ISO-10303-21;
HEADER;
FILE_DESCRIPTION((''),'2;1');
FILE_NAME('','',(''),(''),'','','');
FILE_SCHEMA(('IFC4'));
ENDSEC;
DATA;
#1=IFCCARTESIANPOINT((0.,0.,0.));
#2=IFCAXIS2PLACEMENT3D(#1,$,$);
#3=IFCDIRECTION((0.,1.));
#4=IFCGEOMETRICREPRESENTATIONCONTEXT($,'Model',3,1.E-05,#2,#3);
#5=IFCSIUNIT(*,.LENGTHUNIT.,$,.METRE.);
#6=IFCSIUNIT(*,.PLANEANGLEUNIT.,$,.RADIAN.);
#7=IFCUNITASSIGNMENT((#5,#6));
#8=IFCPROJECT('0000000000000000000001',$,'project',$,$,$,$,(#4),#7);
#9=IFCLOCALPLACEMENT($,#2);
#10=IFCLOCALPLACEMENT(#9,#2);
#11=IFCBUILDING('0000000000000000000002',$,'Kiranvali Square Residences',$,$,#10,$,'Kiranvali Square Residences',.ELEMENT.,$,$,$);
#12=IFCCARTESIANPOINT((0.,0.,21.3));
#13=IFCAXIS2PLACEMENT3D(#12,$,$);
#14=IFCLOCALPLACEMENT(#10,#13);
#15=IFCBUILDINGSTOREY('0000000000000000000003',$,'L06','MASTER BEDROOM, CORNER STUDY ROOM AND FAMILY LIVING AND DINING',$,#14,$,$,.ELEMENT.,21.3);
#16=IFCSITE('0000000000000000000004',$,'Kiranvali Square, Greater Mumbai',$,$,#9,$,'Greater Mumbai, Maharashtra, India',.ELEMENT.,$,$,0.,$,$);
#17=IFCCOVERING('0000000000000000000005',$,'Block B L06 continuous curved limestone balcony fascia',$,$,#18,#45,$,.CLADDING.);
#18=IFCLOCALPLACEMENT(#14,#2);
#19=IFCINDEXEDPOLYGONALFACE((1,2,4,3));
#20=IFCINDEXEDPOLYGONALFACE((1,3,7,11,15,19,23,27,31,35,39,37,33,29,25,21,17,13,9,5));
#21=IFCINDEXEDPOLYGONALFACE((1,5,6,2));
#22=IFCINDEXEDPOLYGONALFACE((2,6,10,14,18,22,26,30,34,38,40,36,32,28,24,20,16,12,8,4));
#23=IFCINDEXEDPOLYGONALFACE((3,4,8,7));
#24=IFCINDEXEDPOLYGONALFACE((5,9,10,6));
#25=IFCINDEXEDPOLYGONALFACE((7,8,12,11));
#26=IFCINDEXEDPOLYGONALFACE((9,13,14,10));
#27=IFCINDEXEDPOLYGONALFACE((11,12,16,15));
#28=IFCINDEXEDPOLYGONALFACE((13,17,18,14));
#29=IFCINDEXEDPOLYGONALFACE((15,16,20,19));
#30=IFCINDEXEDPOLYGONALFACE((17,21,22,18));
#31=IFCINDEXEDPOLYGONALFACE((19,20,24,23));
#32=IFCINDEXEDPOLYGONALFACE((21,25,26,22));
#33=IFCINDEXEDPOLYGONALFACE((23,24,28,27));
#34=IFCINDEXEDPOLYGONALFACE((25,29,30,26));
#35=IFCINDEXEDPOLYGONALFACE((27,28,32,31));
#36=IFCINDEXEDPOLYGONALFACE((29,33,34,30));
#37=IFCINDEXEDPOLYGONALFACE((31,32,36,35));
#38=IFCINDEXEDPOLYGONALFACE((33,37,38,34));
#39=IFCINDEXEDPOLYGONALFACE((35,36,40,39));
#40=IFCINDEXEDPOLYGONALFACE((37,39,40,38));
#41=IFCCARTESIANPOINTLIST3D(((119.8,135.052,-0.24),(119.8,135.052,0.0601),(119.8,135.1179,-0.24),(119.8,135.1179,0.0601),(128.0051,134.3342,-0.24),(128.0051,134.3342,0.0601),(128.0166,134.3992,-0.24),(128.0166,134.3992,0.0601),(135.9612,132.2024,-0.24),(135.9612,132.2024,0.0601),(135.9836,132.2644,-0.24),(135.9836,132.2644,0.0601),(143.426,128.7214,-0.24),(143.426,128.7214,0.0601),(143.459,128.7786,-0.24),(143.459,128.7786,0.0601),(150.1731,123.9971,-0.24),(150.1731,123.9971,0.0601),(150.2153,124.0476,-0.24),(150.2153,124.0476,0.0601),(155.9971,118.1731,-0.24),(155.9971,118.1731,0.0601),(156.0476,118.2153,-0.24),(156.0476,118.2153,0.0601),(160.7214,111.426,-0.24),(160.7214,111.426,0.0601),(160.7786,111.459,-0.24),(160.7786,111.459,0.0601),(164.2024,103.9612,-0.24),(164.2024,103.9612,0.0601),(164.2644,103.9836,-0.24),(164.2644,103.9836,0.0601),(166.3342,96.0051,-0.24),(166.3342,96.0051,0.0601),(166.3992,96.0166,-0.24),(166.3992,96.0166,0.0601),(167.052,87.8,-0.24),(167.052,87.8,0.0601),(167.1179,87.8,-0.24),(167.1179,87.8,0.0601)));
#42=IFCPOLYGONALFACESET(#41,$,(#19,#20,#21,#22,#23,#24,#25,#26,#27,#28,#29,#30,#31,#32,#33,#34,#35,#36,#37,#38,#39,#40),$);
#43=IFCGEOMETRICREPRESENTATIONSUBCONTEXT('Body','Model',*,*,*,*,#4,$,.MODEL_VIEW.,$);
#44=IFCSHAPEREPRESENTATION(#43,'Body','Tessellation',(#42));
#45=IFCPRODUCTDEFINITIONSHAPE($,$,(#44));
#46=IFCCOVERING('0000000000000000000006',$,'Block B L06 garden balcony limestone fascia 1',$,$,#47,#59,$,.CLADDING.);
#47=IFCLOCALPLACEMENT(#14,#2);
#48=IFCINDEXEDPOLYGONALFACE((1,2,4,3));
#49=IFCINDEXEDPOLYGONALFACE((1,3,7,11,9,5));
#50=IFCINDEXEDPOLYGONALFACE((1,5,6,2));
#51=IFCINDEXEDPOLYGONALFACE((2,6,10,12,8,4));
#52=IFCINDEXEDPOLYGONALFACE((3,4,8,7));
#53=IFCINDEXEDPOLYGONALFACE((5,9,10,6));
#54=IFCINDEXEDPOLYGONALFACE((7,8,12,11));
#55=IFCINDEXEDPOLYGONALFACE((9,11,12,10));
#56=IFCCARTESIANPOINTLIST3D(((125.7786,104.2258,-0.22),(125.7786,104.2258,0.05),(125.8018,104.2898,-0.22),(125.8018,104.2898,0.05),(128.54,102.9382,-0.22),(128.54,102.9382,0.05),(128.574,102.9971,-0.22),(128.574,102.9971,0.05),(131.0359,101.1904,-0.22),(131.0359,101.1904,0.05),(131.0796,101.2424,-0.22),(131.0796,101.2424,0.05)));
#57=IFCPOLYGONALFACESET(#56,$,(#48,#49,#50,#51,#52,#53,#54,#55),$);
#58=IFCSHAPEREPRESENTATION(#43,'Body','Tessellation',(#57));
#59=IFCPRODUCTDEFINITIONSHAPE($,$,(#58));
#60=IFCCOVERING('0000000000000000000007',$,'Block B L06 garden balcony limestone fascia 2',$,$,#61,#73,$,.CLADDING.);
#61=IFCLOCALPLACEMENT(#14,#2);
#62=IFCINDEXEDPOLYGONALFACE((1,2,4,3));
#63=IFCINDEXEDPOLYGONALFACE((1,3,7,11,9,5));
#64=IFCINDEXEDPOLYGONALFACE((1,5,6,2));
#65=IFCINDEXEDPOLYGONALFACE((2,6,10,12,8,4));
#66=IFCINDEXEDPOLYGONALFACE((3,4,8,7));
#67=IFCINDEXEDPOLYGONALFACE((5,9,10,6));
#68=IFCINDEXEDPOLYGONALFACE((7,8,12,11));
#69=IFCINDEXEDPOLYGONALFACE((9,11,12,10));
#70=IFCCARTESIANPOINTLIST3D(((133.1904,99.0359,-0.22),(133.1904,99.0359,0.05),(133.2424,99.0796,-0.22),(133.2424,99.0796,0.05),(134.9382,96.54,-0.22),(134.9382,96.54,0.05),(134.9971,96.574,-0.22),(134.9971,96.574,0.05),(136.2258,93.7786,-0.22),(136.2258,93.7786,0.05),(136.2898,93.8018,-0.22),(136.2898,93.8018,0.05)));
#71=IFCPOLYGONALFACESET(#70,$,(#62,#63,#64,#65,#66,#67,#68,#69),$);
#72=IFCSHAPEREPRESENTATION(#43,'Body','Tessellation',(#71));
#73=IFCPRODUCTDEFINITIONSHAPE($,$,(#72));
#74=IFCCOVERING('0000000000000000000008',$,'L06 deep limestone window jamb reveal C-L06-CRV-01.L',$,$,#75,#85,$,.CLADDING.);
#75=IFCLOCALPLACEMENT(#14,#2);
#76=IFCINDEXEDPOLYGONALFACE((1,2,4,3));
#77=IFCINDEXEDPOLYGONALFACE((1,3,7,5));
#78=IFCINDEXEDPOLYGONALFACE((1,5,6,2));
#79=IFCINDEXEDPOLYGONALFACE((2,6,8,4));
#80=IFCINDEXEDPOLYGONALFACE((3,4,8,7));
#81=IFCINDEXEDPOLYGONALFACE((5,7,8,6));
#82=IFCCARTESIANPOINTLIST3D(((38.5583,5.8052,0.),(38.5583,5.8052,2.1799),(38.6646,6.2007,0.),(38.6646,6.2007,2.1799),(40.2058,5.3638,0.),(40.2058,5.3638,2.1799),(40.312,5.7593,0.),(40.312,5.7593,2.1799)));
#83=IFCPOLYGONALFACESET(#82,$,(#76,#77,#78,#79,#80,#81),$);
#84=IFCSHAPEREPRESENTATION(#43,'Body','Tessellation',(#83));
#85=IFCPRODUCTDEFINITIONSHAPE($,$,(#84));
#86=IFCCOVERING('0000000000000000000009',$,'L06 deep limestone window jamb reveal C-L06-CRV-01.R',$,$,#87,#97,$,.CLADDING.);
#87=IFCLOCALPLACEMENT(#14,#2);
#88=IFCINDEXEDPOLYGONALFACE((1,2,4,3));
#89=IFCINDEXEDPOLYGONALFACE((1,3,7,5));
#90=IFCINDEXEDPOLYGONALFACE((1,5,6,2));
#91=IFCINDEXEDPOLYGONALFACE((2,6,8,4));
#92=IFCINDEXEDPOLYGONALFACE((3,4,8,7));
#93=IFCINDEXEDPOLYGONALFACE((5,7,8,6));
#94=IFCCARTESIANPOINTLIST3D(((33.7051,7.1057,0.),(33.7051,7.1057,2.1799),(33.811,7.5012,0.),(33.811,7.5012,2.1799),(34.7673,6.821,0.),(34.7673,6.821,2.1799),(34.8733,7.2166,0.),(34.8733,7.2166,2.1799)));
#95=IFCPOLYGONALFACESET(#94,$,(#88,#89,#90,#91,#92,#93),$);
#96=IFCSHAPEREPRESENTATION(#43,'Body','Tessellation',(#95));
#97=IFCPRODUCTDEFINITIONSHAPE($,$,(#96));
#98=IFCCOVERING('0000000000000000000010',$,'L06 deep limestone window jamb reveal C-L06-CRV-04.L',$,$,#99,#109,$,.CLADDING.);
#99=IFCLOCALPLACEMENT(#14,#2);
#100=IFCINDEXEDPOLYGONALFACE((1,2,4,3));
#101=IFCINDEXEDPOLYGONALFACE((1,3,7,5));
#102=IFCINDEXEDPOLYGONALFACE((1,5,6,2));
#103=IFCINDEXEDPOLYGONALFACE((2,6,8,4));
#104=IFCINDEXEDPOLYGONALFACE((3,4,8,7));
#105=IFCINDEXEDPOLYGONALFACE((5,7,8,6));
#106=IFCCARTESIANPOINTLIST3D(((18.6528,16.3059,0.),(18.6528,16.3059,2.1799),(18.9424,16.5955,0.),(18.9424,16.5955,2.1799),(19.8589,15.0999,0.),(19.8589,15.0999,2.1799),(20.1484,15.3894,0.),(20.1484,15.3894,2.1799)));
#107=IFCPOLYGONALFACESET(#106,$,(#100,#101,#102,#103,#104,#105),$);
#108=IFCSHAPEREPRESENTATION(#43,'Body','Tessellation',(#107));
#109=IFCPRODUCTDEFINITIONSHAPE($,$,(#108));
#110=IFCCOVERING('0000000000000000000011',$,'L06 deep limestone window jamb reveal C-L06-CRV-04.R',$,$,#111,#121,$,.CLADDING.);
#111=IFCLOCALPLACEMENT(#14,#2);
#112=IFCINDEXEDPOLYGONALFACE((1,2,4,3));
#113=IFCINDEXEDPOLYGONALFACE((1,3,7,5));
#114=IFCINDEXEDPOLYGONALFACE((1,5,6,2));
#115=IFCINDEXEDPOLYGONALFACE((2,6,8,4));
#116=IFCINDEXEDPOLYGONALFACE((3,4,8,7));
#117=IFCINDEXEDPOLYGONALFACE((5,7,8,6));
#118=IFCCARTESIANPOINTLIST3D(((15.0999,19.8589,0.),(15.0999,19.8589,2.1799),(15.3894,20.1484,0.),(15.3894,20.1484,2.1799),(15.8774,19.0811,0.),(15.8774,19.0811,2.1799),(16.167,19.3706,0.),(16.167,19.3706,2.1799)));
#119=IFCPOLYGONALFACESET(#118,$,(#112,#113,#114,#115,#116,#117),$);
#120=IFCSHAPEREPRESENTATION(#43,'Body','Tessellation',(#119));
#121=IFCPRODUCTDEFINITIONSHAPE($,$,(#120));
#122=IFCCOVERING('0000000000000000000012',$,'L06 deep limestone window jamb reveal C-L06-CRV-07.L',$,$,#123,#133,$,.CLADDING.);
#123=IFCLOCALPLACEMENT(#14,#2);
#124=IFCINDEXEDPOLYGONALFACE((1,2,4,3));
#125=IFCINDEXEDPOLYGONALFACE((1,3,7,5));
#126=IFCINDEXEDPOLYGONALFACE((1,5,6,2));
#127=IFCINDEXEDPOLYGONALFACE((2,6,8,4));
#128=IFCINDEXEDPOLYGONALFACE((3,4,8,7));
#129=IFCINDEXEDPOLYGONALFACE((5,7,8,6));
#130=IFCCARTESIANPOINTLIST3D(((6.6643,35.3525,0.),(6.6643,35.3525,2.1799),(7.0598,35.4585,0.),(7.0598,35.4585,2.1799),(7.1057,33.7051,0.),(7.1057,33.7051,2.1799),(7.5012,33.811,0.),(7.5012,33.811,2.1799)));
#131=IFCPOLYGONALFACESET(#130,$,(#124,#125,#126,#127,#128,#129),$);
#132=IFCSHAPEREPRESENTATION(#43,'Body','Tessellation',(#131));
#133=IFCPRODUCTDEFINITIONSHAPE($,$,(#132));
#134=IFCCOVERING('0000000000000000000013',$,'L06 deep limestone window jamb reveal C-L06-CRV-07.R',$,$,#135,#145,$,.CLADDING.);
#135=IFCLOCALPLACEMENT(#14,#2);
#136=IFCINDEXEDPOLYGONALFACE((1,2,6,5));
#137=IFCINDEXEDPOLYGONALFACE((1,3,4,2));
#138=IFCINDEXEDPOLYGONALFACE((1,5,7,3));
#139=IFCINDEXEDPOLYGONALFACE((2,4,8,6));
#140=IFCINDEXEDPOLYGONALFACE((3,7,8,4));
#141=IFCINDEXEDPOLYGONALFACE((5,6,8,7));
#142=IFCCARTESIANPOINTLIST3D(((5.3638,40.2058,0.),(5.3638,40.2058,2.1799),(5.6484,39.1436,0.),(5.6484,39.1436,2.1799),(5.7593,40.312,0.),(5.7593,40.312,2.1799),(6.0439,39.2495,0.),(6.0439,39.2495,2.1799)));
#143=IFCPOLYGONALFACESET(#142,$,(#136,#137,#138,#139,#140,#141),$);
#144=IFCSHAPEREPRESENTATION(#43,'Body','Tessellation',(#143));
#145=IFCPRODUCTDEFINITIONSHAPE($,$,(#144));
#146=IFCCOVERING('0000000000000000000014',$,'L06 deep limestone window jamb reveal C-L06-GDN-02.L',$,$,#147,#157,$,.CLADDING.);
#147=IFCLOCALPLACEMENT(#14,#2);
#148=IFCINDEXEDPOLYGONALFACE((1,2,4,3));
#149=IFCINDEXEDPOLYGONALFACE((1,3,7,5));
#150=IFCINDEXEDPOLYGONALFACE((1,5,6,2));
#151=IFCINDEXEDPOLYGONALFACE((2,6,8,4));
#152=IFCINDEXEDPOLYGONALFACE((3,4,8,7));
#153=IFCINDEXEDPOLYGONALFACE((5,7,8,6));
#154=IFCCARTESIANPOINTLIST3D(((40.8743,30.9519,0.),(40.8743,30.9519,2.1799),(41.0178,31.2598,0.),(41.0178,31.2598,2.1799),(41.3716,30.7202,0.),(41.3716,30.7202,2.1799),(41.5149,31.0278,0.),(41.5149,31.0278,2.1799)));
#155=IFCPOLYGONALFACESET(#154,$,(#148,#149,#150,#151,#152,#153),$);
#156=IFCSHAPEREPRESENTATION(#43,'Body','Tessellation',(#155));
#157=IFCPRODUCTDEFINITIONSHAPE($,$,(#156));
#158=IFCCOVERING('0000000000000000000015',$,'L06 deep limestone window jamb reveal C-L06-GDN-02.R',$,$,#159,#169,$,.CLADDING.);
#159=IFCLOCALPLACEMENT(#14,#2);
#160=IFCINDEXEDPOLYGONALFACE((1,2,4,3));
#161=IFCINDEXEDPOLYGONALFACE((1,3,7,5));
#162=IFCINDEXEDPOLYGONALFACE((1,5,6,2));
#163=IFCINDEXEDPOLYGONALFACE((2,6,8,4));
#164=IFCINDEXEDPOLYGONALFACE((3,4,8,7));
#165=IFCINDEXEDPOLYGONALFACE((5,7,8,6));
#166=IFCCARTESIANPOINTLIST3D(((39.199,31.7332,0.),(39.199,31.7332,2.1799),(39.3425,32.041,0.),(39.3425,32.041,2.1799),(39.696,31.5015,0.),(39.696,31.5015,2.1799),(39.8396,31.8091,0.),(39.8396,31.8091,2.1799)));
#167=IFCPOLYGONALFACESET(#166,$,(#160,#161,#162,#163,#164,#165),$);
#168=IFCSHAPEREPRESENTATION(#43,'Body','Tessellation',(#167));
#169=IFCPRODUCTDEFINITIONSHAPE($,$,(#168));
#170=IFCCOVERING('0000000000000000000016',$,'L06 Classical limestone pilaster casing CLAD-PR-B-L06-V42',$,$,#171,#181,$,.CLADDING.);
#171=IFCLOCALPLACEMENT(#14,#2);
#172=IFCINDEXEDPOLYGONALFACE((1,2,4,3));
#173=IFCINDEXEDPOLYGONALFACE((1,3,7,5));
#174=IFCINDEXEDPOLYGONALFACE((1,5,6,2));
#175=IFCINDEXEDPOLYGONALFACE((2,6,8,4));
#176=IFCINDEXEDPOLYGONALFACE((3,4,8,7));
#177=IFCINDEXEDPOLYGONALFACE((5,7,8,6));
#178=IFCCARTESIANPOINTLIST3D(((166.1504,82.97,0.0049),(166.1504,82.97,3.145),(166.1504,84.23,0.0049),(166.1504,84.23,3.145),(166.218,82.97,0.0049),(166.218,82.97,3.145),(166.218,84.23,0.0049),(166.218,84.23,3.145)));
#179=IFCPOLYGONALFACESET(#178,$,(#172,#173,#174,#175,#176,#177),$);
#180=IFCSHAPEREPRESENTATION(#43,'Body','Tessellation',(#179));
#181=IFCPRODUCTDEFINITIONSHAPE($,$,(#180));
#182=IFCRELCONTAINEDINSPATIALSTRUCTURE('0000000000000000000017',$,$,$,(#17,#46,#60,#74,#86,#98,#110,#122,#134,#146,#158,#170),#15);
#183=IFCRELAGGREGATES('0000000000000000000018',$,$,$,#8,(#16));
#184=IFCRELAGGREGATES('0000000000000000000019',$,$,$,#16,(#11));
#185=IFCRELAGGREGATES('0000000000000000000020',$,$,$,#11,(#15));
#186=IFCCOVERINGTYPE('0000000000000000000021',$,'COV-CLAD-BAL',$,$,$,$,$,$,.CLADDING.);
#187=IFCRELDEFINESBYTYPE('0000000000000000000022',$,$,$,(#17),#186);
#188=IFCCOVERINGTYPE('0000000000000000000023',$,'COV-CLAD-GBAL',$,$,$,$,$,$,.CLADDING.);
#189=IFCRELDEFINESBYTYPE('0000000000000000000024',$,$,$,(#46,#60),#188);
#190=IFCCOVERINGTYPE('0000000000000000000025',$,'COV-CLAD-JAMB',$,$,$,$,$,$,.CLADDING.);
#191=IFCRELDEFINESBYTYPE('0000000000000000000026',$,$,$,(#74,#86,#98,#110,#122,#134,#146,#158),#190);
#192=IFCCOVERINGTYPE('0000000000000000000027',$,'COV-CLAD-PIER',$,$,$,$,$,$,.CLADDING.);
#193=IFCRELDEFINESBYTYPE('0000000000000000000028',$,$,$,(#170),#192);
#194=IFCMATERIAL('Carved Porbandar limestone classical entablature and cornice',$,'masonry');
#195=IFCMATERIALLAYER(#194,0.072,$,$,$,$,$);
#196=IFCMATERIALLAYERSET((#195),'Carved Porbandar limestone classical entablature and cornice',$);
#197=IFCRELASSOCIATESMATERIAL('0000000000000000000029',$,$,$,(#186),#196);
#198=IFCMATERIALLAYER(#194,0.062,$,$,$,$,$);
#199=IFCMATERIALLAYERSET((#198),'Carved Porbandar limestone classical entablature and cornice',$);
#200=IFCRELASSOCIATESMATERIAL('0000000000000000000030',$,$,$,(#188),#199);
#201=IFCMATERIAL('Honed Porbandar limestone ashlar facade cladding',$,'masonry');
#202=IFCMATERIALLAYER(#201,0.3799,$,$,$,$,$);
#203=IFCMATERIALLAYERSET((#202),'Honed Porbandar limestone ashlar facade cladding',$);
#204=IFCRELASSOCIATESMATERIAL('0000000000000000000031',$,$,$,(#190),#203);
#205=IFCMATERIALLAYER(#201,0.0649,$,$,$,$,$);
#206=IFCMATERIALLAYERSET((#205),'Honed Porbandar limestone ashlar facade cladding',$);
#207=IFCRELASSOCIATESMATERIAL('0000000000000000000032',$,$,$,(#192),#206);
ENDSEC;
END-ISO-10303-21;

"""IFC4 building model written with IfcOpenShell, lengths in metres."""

from ifc_helpers import new_model, si_unit, direction, frame, origin, place, context, subcontext, project, spatial, polyline, outline, extrude, material, layer, layer_set, type_object, element, save


model = new_model("IFC4")

# Units and contexts
model_context = context("Model", 3, precision=1e-05, world=origin(), true_north=direction((0.0, 1.0)))
body_context = subcontext(model_context, "Body", "Model", "MODEL_VIEW")
ifc_project = project(units=[si_unit("LENGTHUNIT", "METRE"), si_unit("PLANEANGLEUNIT", "RADIAN")], contexts=[model_context])

# Site, building, storey
site_placement = place(None, origin())
site = spatial("IfcSite", under=ifc_project, at=site_placement, Name="Kiranvali Square, Greater Mumbai", LongName="Greater Mumbai, Maharashtra, India", CompositionType="ELEMENT", RefElevation=0.0)
building_placement = place(site_placement, origin())
building = spatial("IfcBuilding", under=site, at=building_placement, Name="Kiranvali Square Residences", LongName="Kiranvali Square Residences", CompositionType="ELEMENT")
storey_placement = place(building_placement, frame((0.0, 0.0, 21.3)))
storey = spatial("IfcBuildingStorey", under=building, at=storey_placement, Name="L06", Description="MASTER BEDROOM, CORNER STUDY ROOM AND FAMILY LIVING AND DINING", CompositionType="ELEMENT", Elevation=21.3)

# Coverings
ifc_material_1 = material(Name="Carved Porbandar limestone classical entablature and cornice", Category="masonry")
ifc_layer_1 = layer(ifc_material_1, 0.072)
ifc_layer_set_1 = layer_set([ifc_layer_1], Name="Carved Porbandar limestone classical entablature and cornice")
covering_type_1 = type_object("IfcCoveringType", Name="COV-CLAD-BAL", PredefinedType="CLADDING", material=ifc_layer_set_1)
covering_1_placement = place(storey_placement, frame((0.0, 0.0, -0.24)))
element("IfcCovering", 1, at=covering_1_placement, inside=storey, type_object=covering_type_1, Name="Block B L06 continuous curved limestone balcony fascia", PredefinedType="CLADDING", context=body_context, shape_type="SweptSolid", body=[
    extrude(outline(polyline([(119.8, 135.052), (128.0051, 134.3342), (135.9612, 132.2024), (143.426, 128.7214), (150.1731, 123.9971), (155.9971, 118.1731), (160.7214, 111.426), (164.2024, 103.9612), (166.3342, 96.0051), (167.052, 87.8), (167.1179, 87.8), (166.3992, 96.0166), (164.2644, 103.9836), (160.7786, 111.459), (156.0476, 118.2153), (150.2153, 124.0476), (143.459, 128.7786), (135.9836, 132.2644), (128.0166, 134.3992), (119.8, 135.1179), (119.8, 135.052)])), origin(), (0.0, 0.0, 1.0), 0.3),
])
ifc_layer_2 = layer(ifc_material_1, 0.062)
ifc_layer_set_2 = layer_set([ifc_layer_2], Name="Carved Porbandar limestone classical entablature and cornice")
covering_type_2 = type_object("IfcCoveringType", Name="COV-CLAD-GBAL", PredefinedType="CLADDING", material=ifc_layer_set_2)
covering_2_placement = place(storey_placement, frame((0.0, 0.0, -0.22)))
element("IfcCovering", 2, at=covering_2_placement, inside=storey, type_object=covering_type_2, Name="Block B L06 garden balcony limestone fascia 1", PredefinedType="CLADDING", context=body_context, shape_type="SweptSolid", body=[
    extrude(outline(polyline([(125.7786, 104.2258), (128.54, 102.9382), (131.0359, 101.1904), (131.0796, 101.2424), (128.574, 102.9971), (125.8018, 104.2898), (125.7786, 104.2258)])), origin(), (0.0, 0.0, 1.0), 0.27),
])
covering_3_placement = place(storey_placement, frame((0.0, 0.0, -0.22)))
element("IfcCovering", 3, at=covering_3_placement, inside=storey, type_object=covering_type_2, Name="Block B L06 garden balcony limestone fascia 2", PredefinedType="CLADDING", context=body_context, shape_type="SweptSolid", body=[
    extrude(outline(polyline([(133.1904, 99.0359), (134.9382, 96.54), (136.2258, 93.7786), (136.2898, 93.8018), (134.9971, 96.574), (133.2424, 99.0796), (133.1904, 99.0359)])), origin(), (0.0, 0.0, 1.0), 0.27),
])
ifc_material_2 = material(Name="Honed Porbandar limestone ashlar facade cladding", Category="masonry")
ifc_layer_3 = layer(ifc_material_2, 0.3799)
ifc_layer_set_3 = layer_set([ifc_layer_3], Name="Honed Porbandar limestone ashlar facade cladding")
covering_type_3 = type_object("IfcCoveringType", Name="COV-CLAD-JAMB", PredefinedType="CLADDING", material=ifc_layer_set_3)
covering_4_placement = place(storey_placement, origin())
element("IfcCovering", 4, at=covering_4_placement, inside=storey, type_object=covering_type_3, Name="L06 deep limestone window jamb reveal C-L06-CRV-01.L", PredefinedType="CLADDING", context=body_context, shape_type="SweptSolid", body=[
    extrude(outline(polyline([(40.312, 5.7593), (38.6646, 6.2007), (38.5583, 5.8052), (40.2058, 5.3638), (40.312, 5.7593)])), origin(), (0.0, 0.0, 1.0), 2.1799),
])
covering_5_placement = place(storey_placement, origin())
element("IfcCovering", 5, at=covering_5_placement, inside=storey, type_object=covering_type_3, Name="L06 deep limestone window jamb reveal C-L06-CRV-01.R", PredefinedType="CLADDING", context=body_context, shape_type="SweptSolid", body=[
    extrude(outline(polyline([(34.8733, 7.2166), (33.811, 7.5012), (33.7051, 7.1057), (34.7673, 6.821), (34.8733, 7.2166)])), origin(), (0.0, 0.0, 1.0), 2.1799),
])
covering_6_placement = place(storey_placement, origin())
element("IfcCovering", 6, at=covering_6_placement, inside=storey, type_object=covering_type_3, Name="L06 deep limestone window jamb reveal C-L06-CRV-04.L", PredefinedType="CLADDING", context=body_context, shape_type="SweptSolid", body=[
    extrude(outline(polyline([(20.1484, 15.3894), (18.9424, 16.5955), (18.6528, 16.3059), (19.8589, 15.0999), (20.1484, 15.3894)])), origin(), (0.0, 0.0, 1.0), 2.1799),
])
covering_7_placement = place(storey_placement, origin())
element("IfcCovering", 7, at=covering_7_placement, inside=storey, type_object=covering_type_3, Name="L06 deep limestone window jamb reveal C-L06-CRV-04.R", PredefinedType="CLADDING", context=body_context, shape_type="SweptSolid", body=[
    extrude(outline(polyline([(16.167, 19.3706), (15.3894, 20.1484), (15.0999, 19.8589), (15.8774, 19.0811), (16.167, 19.3706)])), origin(), (0.0, 0.0, 1.0), 2.1799),
])
covering_8_placement = place(storey_placement, origin())
element("IfcCovering", 8, at=covering_8_placement, inside=storey, type_object=covering_type_3, Name="L06 deep limestone window jamb reveal C-L06-CRV-07.L", PredefinedType="CLADDING", context=body_context, shape_type="SweptSolid", body=[
    extrude(outline(polyline([(7.5012, 33.811), (7.0598, 35.4585), (6.6643, 35.3525), (7.1057, 33.7051), (7.5012, 33.811)])), origin(), (0.0, 0.0, 1.0), 2.1799),
])
covering_9_placement = place(storey_placement, origin())
element("IfcCovering", 9, at=covering_9_placement, inside=storey, type_object=covering_type_3, Name="L06 deep limestone window jamb reveal C-L06-CRV-07.R", PredefinedType="CLADDING", context=body_context, shape_type="SweptSolid", body=[
    extrude(outline(polyline([(6.0439, 39.2495), (5.7593, 40.312), (5.3638, 40.2058), (5.6484, 39.1436), (6.0439, 39.2495)])), origin(), (0.0, 0.0, 1.0), 2.1799),
])
covering_10_placement = place(storey_placement, origin())
element("IfcCovering", 10, at=covering_10_placement, inside=storey, type_object=covering_type_3, Name="L06 deep limestone window jamb reveal C-L06-GDN-02.L", PredefinedType="CLADDING", context=body_context, shape_type="SweptSolid", body=[
    extrude(outline(polyline([(41.5149, 31.0278), (41.0178, 31.2598), (40.8743, 30.9519), (41.3716, 30.7202), (41.5149, 31.0278)])), origin(), (0.0, 0.0, 1.0), 2.1799),
])
covering_11_placement = place(storey_placement, origin())
element("IfcCovering", 11, at=covering_11_placement, inside=storey, type_object=covering_type_3, Name="L06 deep limestone window jamb reveal C-L06-GDN-02.R", PredefinedType="CLADDING", context=body_context, shape_type="SweptSolid", body=[
    extrude(outline(polyline([(39.8396, 31.8091), (39.3425, 32.041), (39.199, 31.7332), (39.696, 31.5015), (39.8396, 31.8091)])), origin(), (0.0, 0.0, 1.0), 2.1799),
])
ifc_layer_4 = layer(ifc_material_2, 0.0649)
ifc_layer_set_4 = layer_set([ifc_layer_4], Name="Honed Porbandar limestone ashlar facade cladding")
covering_type_4 = type_object("IfcCoveringType", Name="COV-CLAD-PIER", PredefinedType="CLADDING", material=ifc_layer_set_4)
covering_12_placement = place(storey_placement, frame((0.0, 0.0, 0.0049)))
element("IfcCovering", 12, at=covering_12_placement, inside=storey, type_object=covering_type_4, Name="L06 Classical limestone pilaster casing CLAD-PR-B-L06-V42", PredefinedType="CLADDING", context=body_context, shape_type="SweptSolid", body=[
    extrude(outline(polyline([(166.1504, 84.23), (166.1504, 82.97), (166.218, 82.97), (166.218, 84.23), (166.1504, 84.23)])), origin(), (0.0, 0.0, 1.0), 3.1401),
])

save(model, "model.ifc")
